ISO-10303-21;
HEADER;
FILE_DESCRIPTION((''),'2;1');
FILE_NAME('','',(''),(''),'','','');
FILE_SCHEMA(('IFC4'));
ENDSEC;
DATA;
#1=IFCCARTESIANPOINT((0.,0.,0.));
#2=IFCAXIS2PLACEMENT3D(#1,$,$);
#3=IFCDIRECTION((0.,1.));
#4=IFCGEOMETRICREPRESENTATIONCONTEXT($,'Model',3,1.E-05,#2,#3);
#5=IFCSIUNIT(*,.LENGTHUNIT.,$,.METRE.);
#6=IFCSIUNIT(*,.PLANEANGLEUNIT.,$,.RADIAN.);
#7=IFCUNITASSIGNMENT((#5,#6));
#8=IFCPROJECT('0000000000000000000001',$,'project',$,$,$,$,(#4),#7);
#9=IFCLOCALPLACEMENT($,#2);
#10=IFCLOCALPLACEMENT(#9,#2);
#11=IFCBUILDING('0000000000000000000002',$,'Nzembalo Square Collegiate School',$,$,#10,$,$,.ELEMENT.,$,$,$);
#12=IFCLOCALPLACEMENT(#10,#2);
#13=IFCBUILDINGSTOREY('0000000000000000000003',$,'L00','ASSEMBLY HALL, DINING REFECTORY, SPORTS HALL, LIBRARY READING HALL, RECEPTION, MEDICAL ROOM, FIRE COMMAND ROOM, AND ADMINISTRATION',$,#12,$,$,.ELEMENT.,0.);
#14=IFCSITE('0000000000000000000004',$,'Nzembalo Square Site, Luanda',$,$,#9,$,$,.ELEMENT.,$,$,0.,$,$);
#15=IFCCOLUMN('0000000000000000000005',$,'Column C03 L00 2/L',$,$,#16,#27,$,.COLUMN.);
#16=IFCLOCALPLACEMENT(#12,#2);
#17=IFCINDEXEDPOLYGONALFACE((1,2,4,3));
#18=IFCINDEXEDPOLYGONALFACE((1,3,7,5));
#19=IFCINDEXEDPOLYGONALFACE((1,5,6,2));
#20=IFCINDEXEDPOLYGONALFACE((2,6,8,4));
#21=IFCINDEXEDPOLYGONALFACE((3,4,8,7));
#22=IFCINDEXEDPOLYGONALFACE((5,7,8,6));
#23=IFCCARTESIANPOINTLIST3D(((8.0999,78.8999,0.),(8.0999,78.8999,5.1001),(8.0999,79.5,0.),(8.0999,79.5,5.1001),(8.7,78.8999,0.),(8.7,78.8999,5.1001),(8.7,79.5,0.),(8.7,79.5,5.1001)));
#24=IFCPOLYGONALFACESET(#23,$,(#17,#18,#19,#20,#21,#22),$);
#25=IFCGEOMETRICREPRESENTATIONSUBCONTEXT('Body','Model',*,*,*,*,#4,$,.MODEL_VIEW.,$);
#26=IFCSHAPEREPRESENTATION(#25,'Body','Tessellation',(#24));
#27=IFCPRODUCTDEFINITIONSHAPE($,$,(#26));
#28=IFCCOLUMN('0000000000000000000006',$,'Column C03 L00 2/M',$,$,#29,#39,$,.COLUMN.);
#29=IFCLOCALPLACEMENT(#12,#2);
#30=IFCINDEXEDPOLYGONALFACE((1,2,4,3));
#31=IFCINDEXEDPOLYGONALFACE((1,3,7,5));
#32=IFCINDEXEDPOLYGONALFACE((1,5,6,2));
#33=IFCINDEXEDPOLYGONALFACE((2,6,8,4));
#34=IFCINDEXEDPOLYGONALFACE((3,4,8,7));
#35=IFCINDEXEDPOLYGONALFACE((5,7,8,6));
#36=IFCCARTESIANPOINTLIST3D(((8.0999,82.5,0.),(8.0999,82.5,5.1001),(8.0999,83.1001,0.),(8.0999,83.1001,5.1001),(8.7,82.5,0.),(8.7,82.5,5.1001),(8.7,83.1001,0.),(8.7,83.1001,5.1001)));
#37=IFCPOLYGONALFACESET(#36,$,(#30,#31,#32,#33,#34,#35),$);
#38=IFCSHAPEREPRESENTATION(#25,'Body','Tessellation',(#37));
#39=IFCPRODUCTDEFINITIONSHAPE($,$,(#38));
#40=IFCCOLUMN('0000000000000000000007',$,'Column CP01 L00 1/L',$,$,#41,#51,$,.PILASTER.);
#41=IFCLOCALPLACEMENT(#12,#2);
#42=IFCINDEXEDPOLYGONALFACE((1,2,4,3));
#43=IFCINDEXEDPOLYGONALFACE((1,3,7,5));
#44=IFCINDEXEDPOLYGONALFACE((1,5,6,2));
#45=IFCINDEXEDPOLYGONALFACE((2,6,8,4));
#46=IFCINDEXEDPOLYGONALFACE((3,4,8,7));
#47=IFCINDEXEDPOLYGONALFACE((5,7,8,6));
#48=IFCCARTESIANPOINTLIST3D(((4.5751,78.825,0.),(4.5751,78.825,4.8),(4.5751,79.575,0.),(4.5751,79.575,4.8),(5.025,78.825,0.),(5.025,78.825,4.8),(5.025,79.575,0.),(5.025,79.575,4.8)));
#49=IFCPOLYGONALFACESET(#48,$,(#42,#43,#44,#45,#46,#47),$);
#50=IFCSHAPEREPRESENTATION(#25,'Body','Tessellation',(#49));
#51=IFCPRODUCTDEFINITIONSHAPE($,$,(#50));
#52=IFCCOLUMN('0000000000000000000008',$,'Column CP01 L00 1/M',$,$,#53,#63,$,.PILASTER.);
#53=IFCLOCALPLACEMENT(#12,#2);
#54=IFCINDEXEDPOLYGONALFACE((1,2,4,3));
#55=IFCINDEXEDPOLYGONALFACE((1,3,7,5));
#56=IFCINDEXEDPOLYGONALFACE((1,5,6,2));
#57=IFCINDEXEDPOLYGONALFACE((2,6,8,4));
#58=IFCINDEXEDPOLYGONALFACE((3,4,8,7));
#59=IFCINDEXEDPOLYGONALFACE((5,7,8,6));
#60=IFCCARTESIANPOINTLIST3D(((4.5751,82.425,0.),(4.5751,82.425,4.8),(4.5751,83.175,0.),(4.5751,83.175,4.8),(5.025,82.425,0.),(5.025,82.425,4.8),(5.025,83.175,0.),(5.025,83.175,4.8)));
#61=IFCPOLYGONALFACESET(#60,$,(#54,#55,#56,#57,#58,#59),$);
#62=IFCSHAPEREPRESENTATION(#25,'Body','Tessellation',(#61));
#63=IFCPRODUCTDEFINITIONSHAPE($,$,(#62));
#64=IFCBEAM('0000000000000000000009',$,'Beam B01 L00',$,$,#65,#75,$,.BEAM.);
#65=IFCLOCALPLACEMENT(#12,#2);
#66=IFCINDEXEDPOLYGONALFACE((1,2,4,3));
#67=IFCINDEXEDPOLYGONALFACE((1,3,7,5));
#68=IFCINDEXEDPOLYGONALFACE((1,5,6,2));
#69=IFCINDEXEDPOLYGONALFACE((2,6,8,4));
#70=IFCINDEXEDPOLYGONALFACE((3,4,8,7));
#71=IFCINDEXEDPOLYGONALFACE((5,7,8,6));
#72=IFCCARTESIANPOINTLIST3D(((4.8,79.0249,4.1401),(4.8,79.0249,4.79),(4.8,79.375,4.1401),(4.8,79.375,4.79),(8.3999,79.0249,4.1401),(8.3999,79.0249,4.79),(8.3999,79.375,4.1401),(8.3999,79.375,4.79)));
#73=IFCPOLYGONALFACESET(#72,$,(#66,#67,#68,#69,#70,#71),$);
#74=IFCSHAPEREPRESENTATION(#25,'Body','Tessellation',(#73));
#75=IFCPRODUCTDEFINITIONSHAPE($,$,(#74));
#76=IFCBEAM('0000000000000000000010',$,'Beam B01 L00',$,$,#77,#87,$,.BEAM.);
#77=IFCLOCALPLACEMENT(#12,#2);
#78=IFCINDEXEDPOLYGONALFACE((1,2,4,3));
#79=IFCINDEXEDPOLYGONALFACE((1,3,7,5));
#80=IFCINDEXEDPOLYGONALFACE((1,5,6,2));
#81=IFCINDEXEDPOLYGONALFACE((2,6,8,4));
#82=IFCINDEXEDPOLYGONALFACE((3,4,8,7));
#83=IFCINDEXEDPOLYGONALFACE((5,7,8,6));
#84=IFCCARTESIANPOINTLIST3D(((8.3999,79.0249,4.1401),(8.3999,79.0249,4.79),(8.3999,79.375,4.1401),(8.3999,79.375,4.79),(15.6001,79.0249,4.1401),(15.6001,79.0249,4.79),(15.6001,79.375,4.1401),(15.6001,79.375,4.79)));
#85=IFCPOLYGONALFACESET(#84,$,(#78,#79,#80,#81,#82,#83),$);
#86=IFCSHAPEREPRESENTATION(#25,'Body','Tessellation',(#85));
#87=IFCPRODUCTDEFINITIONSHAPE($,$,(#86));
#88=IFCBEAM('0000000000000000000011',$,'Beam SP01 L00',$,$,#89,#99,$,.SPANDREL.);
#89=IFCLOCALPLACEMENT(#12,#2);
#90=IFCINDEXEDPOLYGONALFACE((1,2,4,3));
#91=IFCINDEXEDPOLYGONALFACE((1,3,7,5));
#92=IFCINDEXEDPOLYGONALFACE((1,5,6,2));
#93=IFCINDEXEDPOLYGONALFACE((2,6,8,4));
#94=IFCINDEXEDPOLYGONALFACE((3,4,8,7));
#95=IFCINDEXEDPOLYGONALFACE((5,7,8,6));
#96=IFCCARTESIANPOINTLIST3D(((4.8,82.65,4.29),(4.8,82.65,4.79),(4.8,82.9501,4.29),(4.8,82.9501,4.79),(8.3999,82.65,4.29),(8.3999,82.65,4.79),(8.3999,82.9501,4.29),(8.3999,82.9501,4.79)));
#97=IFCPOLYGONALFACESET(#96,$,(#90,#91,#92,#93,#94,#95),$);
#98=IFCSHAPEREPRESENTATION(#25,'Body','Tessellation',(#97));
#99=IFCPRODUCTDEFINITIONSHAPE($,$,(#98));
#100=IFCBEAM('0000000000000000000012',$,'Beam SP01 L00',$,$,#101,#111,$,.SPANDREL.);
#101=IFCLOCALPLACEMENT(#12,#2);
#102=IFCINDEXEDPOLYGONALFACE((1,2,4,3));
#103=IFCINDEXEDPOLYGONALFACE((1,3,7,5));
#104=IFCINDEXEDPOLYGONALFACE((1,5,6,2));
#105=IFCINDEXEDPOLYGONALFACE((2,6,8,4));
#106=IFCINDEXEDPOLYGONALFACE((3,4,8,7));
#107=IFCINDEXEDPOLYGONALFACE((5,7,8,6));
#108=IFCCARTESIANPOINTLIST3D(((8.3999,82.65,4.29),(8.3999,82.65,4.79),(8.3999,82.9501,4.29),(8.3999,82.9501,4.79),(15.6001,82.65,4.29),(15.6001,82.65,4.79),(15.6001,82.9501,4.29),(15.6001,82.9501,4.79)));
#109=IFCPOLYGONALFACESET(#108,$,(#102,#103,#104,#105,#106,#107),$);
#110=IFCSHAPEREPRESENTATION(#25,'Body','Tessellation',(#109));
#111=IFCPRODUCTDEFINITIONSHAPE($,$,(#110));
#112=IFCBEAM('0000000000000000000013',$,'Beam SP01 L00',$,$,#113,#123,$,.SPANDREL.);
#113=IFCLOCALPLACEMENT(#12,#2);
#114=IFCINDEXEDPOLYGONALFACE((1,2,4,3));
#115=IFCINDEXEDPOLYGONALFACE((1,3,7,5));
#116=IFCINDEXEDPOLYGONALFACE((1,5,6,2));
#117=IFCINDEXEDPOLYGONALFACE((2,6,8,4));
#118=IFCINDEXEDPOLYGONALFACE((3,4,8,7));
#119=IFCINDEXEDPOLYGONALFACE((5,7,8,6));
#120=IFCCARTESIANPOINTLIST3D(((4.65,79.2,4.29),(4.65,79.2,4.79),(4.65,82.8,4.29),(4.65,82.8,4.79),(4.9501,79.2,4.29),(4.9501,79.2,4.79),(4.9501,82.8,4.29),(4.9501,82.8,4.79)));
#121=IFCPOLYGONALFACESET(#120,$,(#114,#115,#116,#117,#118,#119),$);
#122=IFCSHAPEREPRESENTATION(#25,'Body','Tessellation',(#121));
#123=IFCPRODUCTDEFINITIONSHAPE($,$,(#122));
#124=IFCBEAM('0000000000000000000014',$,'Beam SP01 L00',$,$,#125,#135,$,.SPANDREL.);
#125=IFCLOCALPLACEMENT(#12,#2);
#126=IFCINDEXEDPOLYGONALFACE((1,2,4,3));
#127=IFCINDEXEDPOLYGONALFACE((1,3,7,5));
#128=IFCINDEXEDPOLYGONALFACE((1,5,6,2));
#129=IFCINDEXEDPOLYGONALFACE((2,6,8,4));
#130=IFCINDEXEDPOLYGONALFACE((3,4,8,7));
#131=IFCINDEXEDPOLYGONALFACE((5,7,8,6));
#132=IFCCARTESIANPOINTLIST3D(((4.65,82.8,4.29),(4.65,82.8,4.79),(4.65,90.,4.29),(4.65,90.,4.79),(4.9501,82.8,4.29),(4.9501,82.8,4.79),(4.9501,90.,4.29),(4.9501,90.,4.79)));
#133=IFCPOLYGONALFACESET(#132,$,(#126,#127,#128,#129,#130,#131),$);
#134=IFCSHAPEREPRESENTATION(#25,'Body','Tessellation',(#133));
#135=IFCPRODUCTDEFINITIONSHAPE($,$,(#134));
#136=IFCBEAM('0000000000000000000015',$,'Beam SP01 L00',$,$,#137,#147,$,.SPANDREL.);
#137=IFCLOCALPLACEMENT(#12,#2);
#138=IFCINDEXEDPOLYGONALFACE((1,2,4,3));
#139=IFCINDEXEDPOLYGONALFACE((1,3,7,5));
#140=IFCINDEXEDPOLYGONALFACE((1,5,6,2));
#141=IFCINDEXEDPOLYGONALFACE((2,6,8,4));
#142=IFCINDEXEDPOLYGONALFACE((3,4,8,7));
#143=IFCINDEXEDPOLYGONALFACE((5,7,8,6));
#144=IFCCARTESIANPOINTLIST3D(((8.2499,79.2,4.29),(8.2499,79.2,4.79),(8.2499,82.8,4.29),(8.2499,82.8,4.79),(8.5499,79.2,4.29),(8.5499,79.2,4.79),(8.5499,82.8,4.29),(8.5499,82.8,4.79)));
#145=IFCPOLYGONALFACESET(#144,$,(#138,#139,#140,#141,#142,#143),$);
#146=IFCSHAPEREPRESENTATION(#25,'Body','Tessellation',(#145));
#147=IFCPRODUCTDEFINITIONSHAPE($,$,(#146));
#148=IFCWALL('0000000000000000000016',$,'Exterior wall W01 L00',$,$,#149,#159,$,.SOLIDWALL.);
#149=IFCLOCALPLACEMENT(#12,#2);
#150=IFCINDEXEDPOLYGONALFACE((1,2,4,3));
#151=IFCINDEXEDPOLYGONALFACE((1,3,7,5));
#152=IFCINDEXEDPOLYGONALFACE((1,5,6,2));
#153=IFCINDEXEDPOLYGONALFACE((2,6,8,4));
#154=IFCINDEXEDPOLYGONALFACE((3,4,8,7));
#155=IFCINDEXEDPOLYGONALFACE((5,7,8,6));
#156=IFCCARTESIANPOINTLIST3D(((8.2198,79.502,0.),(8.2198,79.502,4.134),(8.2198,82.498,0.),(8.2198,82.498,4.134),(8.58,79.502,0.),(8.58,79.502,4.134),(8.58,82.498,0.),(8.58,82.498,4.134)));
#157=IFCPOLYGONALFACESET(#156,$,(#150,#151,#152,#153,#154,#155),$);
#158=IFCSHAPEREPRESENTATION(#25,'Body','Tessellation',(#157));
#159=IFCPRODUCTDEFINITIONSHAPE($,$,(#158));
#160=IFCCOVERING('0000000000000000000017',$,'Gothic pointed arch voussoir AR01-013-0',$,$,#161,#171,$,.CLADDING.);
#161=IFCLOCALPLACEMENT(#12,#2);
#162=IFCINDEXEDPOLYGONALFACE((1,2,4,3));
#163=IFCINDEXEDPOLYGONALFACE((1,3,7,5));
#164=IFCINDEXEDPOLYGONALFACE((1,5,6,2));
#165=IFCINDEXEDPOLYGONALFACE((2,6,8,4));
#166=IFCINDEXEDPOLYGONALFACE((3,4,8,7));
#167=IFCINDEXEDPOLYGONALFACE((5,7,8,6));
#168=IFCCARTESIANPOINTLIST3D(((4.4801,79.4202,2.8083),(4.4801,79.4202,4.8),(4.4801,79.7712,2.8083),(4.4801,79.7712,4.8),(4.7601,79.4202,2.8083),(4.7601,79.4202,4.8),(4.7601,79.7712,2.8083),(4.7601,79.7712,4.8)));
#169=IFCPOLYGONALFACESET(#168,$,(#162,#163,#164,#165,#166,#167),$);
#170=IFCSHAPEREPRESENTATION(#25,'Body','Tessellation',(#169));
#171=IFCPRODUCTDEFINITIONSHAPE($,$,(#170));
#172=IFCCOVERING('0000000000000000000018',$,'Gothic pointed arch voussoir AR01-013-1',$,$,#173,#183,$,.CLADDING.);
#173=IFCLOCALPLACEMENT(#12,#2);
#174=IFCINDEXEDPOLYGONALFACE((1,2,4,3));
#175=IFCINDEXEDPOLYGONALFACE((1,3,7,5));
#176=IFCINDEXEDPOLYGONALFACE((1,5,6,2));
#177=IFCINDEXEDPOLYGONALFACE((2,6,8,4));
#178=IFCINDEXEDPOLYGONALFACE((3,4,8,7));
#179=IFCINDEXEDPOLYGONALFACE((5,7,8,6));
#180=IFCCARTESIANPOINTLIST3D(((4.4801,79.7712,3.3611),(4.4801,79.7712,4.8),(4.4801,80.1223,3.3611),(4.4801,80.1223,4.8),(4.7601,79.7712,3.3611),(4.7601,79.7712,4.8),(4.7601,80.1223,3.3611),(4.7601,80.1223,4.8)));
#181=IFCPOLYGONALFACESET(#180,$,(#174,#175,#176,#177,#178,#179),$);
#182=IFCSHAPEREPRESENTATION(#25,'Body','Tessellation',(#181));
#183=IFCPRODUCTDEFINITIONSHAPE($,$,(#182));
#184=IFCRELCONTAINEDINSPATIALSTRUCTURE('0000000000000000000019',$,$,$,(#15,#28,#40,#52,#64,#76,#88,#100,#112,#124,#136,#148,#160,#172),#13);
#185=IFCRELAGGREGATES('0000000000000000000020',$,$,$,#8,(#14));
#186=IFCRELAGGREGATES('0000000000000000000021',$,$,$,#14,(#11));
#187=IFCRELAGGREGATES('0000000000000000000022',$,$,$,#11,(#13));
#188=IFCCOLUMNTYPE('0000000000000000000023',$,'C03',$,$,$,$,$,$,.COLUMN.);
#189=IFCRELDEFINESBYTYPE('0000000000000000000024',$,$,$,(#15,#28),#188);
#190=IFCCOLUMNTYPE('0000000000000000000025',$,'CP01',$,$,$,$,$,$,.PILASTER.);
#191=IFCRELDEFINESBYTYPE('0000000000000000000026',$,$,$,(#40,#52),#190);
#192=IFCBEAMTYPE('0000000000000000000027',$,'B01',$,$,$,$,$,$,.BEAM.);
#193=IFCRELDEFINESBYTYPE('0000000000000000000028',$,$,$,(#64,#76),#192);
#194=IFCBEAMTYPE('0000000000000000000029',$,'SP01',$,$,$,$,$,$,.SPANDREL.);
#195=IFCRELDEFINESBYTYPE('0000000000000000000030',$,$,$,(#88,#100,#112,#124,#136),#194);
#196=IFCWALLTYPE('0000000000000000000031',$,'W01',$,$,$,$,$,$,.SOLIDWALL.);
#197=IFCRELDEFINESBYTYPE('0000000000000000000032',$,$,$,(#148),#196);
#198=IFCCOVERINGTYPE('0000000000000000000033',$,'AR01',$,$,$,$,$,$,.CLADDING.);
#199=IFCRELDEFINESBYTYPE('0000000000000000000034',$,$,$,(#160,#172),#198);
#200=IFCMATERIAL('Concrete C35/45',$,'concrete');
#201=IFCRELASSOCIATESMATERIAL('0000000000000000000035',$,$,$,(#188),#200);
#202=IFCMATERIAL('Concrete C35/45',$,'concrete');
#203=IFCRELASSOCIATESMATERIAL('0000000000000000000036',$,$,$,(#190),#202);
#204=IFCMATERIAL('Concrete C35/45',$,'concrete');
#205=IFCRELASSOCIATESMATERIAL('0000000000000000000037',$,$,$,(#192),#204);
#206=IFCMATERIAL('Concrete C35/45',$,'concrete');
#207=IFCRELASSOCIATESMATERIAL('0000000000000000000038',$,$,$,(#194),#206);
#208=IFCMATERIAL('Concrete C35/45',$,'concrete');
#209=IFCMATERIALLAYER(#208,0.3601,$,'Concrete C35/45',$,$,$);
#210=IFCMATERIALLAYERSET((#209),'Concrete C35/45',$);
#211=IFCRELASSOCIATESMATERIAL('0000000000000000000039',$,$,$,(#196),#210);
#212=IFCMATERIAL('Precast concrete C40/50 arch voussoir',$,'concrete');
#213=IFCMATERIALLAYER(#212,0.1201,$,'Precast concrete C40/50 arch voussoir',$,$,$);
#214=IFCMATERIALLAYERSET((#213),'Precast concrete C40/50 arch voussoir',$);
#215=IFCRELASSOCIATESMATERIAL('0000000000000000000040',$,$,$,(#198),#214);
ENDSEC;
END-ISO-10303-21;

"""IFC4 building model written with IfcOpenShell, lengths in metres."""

from ifc_helpers import new_model, si_unit, direction, frame, frame_2d, origin, origin_2d, place, context, subcontext, project, spatial, rectangle, extrude, material, layer, layer_set, material_profile, profile_set, type_object, element, save


model = new_model("IFC4")

# Units and contexts
model_context = context("Model", 3, precision=1e-05, world=origin(), true_north=direction((0.0, 1.0)))
body_context = subcontext(model_context, "Body", "Model", "MODEL_VIEW")
ifc_project = project(units=[si_unit("LENGTHUNIT", "METRE"), si_unit("PLANEANGLEUNIT", "RADIAN")], contexts=[model_context])

# Site, building, storey
site_placement = place(None, origin())
site = spatial("IfcSite", under=ifc_project, at=site_placement, Name="Nzembalo Square Site, Luanda", CompositionType="ELEMENT", RefElevation=0.0)
building_placement = place(site_placement, origin())
building = spatial("IfcBuilding", under=site, at=building_placement, Name="Nzembalo Square Collegiate School", CompositionType="ELEMENT")
storey_placement = place(building_placement, origin())
storey = spatial("IfcBuildingStorey", under=building, at=storey_placement, Name="L00", Description="ASSEMBLY HALL, DINING REFECTORY, SPORTS HALL, LIBRARY READING HALL, RECEPTION, MEDICAL ROOM, FIRE COMMAND ROOM, AND ADMINISTRATION", CompositionType="ELEMENT", Elevation=0.0)

# Columns
ifc_material_1 = material(Name="Concrete C35/45", Category="concrete")
ifc_material_profile_1 = material_profile(ifc_material_1, rectangle(XDim=0.6001, YDim=0.6001, at=origin_2d()), Name="RC 600x600")
ifc_profile_set_1 = profile_set([ifc_material_profile_1], Name="Concrete C35/45")
column_type_1 = type_object("IfcColumnType", Name="C03", PredefinedType="COLUMN", material=ifc_profile_set_1)
for number, where, z_axis, x_axis, name in (
    (1, (8.3999, 79.2, 0.0), (0.0, 0.0, 1.0), (1.0, 0.0, 0.0), "Column C03 L00 2/L"),
    (2, (8.3999, 82.8, 0.0), (0.0, 0.0, 1.0), (1.0, 0.0, 0.0), "Column C03 L00 2/M"),
):
    element("IfcColumn", number, at=place(storey_placement, frame(where, z_axis=z_axis, x_axis=x_axis)), inside=storey, type_object=column_type_1, Name=name, PredefinedType="COLUMN", context=body_context, shape_type="SweptSolid", body=[
        extrude(rectangle(XDim=0.6001, YDim=0.6001, at=origin_2d()), origin(), (0.0, 0.0, 1.0), 5.1001),
    ])
ifc_material_2 = material(Name="Concrete C35/45", Category="concrete")
ifc_material_profile_2 = material_profile(ifc_material_2, rectangle(XDim=0.45, YDim=0.75, at=origin_2d()), Name="RC 450x750")
ifc_profile_set_2 = profile_set([ifc_material_profile_2], Name="Concrete C35/45")
column_type_2 = type_object("IfcColumnType", Name="CP01", PredefinedType="PILASTER", material=ifc_profile_set_2)
for number, where, z_axis, x_axis, name in (
    (3, (4.8, 79.2, 0.0), (0.0, 0.0, 1.0), (1.0, 0.0, 0.0), "Column CP01 L00 1/L"),
    (4, (4.8, 82.8, 0.0), (0.0, 0.0, 1.0), (1.0, 0.0, 0.0), "Column CP01 L00 1/M"),
):
    element("IfcColumn", number, at=place(storey_placement, frame(where, z_axis=z_axis, x_axis=x_axis)), inside=storey, type_object=column_type_2, Name=name, PredefinedType="PILASTER", context=body_context, shape_type="SweptSolid", body=[
        extrude(rectangle(XDim=0.45, YDim=0.75, at=origin_2d()), origin(), (0.0, 0.0, 1.0), 4.8),
    ])

# Beams
ifc_material_3 = material(Name="Concrete C35/45", Category="concrete")
ifc_material_profile_3 = material_profile(ifc_material_3, rectangle(XDim=0.3501, YDim=0.6499, at=origin_2d()), Name="RC 350x650")
ifc_profile_set_3 = profile_set([ifc_material_profile_3], Name="Concrete C35/45")
beam_type_1 = type_object("IfcBeamType", Name="B01", PredefinedType="BEAM", material=ifc_profile_set_3)
beam_1_placement = place(storey_placement, frame((4.8, 79.2, 4.4651), z_axis=(1.0, 0.0, 0.0), x_axis=(0.0, 1.0, 0.0)))
element("IfcBeam", 5, at=beam_1_placement, inside=storey, type_object=beam_type_1, Name="Beam B01 L00", PredefinedType="BEAM", context=body_context, shape_type="SweptSolid", body=[
    extrude(rectangle(XDim=0.3501, YDim=0.6499, at=origin_2d()), origin(), (0.0, 0.0, 1.0), 3.5999),
])
beam_2_placement = place(storey_placement, frame((8.3999, 79.2, 4.4651), z_axis=(1.0, 0.0, 0.0), x_axis=(0.0, 1.0, 0.0)))
element("IfcBeam", 6, at=beam_2_placement, inside=storey, type_object=beam_type_1, Name="Beam B01 L00", PredefinedType="BEAM", context=body_context, shape_type="SweptSolid", body=[
    extrude(rectangle(XDim=0.3501, YDim=0.6499, at=origin_2d()), origin(), (0.0, 0.0, 1.0), 7.2002),
])
ifc_material_4 = material(Name="Concrete C35/45", Category="concrete")
ifc_material_profile_4 = material_profile(ifc_material_4, rectangle(XDim=0.3, YDim=0.5, at=origin_2d()), Name="RC 300x500")
ifc_profile_set_4 = profile_set([ifc_material_profile_4], Name="Concrete C35/45")
beam_type_2 = type_object("IfcBeamType", Name="SP01", PredefinedType="SPANDREL", material=ifc_profile_set_4)
beam_3_placement = place(storey_placement, frame((4.8, 82.8, 4.54), z_axis=(1.0, 0.0, 0.0), x_axis=(0.0, 1.0, 0.0)))
element("IfcBeam", 7, at=beam_3_placement, inside=storey, type_object=beam_type_2, Name="Beam SP01 L00", PredefinedType="SPANDREL", context=body_context, shape_type="SweptSolid", body=[
    extrude(rectangle(XDim=0.3, YDim=0.5, at=origin_2d()), origin(), (0.0, 0.0, 1.0), 3.5999),
])
beam_4_placement = place(storey_placement, frame((8.3999, 82.8, 4.54), z_axis=(1.0, 0.0, 0.0), x_axis=(0.0, 1.0, 0.0)))
element("IfcBeam", 8, at=beam_4_placement, inside=storey, type_object=beam_type_2, Name="Beam SP01 L00", PredefinedType="SPANDREL", context=body_context, shape_type="SweptSolid", body=[
    extrude(rectangle(XDim=0.3, YDim=0.5, at=origin_2d()), origin(), (0.0, 0.0, 1.0), 7.2002),
])
beam_5_placement = place(storey_placement, frame((4.8, 79.2, 4.54), z_axis=(0.0, 1.0, 0.0), x_axis=(-1.0, 0.0, 0.0)))
element("IfcBeam", 9, at=beam_5_placement, inside=storey, type_object=beam_type_2, Name="Beam SP01 L00", PredefinedType="SPANDREL", context=body_context, shape_type="SweptSolid", body=[
    extrude(rectangle(XDim=0.3, YDim=0.5, at=origin_2d()), origin(), (0.0, 0.0, 1.0), 3.6001),
])
beam_6_placement = place(storey_placement, frame((4.8, 82.8, 4.54), z_axis=(0.0, 1.0, 0.0), x_axis=(-1.0, 0.0, 0.0)))
element("IfcBeam", 10, at=beam_6_placement, inside=storey, type_object=beam_type_2, Name="Beam SP01 L00", PredefinedType="SPANDREL", context=body_context, shape_type="SweptSolid", body=[
    extrude(rectangle(XDim=0.3, YDim=0.5, at=origin_2d()), origin(), (0.0, 0.0, 1.0), 7.2),
])
beam_7_placement = place(storey_placement, frame((8.3999, 79.2, 4.54), z_axis=(0.0, 1.0, 0.0), x_axis=(-1.0, 0.0, 0.0)))
element("IfcBeam", 11, at=beam_7_placement, inside=storey, type_object=beam_type_2, Name="Beam SP01 L00", PredefinedType="SPANDREL", context=body_context, shape_type="SweptSolid", body=[
    extrude(rectangle(XDim=0.3, YDim=0.5, at=origin_2d()), origin(), (0.0, 0.0, 1.0), 3.6001),
])

# Wall
ifc_material_5 = material(Name="Concrete C35/45", Category="concrete")
ifc_layer_1 = layer(ifc_material_5, 0.3601, Name="Concrete C35/45")
ifc_layer_set_1 = layer_set([ifc_layer_1], Name="Concrete C35/45")
wall_type = type_object("IfcWallType", Name="W01", PredefinedType="SOLIDWALL", material=ifc_layer_set_1)
wall_placement = place(storey_placement, frame((8.3999, 79.502, 0.0), z_axis=(0.0, 0.0, 1.0), x_axis=(0.0, 1.0, 0.0)))
element("IfcWall", 12, at=wall_placement, inside=storey, type_object=wall_type, Name="Exterior wall W01 L00", PredefinedType="SOLIDWALL", context=body_context, shape_type="SweptSolid", body=[
    extrude(rectangle(XDim=2.9961, YDim=0.3601, at=frame_2d((1.498, 0.0))), origin(), (0.0, 0.0, 1.0), 4.134),
])

# Coverings
ifc_material_6 = material(Name="Precast concrete C40/50 arch voussoir", Category="concrete")
ifc_layer_2 = layer(ifc_material_6, 0.1201, Name="Precast concrete C40/50 arch voussoir")
ifc_layer_set_2 = layer_set([ifc_layer_2], Name="Precast concrete C40/50 arch voussoir")
covering_type = type_object("IfcCoveringType", Name="AR01", PredefinedType="CLADDING", material=ifc_layer_set_2)
covering_1_placement = place(storey_placement, frame((4.6201, 79.5957, 2.8083), z_axis=(0.0, 0.0, 1.0), x_axis=(1.0, 0.0, 0.0)))
element("IfcCovering", 13, at=covering_1_placement, inside=storey, type_object=covering_type, Name="Gothic pointed arch voussoir AR01-013-0", PredefinedType="CLADDING", context=body_context, shape_type="SweptSolid", body=[
    extrude(rectangle(XDim=0.28, YDim=0.3511, at=origin_2d()), origin(), (0.0, 0.0, 1.0), 1.9917),
])
covering_2_placement = place(storey_placement, frame((4.6201, 79.9468, 3.3611), z_axis=(0.0, 0.0, 1.0), x_axis=(1.0, 0.0, 0.0)))
element("IfcCovering", 14, at=covering_2_placement, inside=storey, type_object=covering_type, Name="Gothic pointed arch voussoir AR01-013-1", PredefinedType="CLADDING", context=body_context, shape_type="SweptSolid", body=[
    extrude(rectangle(XDim=0.28, YDim=0.3511, at=origin_2d()), origin(), (0.0, 0.0, 1.0), 1.439),
])

save(model, "model.ifc")
